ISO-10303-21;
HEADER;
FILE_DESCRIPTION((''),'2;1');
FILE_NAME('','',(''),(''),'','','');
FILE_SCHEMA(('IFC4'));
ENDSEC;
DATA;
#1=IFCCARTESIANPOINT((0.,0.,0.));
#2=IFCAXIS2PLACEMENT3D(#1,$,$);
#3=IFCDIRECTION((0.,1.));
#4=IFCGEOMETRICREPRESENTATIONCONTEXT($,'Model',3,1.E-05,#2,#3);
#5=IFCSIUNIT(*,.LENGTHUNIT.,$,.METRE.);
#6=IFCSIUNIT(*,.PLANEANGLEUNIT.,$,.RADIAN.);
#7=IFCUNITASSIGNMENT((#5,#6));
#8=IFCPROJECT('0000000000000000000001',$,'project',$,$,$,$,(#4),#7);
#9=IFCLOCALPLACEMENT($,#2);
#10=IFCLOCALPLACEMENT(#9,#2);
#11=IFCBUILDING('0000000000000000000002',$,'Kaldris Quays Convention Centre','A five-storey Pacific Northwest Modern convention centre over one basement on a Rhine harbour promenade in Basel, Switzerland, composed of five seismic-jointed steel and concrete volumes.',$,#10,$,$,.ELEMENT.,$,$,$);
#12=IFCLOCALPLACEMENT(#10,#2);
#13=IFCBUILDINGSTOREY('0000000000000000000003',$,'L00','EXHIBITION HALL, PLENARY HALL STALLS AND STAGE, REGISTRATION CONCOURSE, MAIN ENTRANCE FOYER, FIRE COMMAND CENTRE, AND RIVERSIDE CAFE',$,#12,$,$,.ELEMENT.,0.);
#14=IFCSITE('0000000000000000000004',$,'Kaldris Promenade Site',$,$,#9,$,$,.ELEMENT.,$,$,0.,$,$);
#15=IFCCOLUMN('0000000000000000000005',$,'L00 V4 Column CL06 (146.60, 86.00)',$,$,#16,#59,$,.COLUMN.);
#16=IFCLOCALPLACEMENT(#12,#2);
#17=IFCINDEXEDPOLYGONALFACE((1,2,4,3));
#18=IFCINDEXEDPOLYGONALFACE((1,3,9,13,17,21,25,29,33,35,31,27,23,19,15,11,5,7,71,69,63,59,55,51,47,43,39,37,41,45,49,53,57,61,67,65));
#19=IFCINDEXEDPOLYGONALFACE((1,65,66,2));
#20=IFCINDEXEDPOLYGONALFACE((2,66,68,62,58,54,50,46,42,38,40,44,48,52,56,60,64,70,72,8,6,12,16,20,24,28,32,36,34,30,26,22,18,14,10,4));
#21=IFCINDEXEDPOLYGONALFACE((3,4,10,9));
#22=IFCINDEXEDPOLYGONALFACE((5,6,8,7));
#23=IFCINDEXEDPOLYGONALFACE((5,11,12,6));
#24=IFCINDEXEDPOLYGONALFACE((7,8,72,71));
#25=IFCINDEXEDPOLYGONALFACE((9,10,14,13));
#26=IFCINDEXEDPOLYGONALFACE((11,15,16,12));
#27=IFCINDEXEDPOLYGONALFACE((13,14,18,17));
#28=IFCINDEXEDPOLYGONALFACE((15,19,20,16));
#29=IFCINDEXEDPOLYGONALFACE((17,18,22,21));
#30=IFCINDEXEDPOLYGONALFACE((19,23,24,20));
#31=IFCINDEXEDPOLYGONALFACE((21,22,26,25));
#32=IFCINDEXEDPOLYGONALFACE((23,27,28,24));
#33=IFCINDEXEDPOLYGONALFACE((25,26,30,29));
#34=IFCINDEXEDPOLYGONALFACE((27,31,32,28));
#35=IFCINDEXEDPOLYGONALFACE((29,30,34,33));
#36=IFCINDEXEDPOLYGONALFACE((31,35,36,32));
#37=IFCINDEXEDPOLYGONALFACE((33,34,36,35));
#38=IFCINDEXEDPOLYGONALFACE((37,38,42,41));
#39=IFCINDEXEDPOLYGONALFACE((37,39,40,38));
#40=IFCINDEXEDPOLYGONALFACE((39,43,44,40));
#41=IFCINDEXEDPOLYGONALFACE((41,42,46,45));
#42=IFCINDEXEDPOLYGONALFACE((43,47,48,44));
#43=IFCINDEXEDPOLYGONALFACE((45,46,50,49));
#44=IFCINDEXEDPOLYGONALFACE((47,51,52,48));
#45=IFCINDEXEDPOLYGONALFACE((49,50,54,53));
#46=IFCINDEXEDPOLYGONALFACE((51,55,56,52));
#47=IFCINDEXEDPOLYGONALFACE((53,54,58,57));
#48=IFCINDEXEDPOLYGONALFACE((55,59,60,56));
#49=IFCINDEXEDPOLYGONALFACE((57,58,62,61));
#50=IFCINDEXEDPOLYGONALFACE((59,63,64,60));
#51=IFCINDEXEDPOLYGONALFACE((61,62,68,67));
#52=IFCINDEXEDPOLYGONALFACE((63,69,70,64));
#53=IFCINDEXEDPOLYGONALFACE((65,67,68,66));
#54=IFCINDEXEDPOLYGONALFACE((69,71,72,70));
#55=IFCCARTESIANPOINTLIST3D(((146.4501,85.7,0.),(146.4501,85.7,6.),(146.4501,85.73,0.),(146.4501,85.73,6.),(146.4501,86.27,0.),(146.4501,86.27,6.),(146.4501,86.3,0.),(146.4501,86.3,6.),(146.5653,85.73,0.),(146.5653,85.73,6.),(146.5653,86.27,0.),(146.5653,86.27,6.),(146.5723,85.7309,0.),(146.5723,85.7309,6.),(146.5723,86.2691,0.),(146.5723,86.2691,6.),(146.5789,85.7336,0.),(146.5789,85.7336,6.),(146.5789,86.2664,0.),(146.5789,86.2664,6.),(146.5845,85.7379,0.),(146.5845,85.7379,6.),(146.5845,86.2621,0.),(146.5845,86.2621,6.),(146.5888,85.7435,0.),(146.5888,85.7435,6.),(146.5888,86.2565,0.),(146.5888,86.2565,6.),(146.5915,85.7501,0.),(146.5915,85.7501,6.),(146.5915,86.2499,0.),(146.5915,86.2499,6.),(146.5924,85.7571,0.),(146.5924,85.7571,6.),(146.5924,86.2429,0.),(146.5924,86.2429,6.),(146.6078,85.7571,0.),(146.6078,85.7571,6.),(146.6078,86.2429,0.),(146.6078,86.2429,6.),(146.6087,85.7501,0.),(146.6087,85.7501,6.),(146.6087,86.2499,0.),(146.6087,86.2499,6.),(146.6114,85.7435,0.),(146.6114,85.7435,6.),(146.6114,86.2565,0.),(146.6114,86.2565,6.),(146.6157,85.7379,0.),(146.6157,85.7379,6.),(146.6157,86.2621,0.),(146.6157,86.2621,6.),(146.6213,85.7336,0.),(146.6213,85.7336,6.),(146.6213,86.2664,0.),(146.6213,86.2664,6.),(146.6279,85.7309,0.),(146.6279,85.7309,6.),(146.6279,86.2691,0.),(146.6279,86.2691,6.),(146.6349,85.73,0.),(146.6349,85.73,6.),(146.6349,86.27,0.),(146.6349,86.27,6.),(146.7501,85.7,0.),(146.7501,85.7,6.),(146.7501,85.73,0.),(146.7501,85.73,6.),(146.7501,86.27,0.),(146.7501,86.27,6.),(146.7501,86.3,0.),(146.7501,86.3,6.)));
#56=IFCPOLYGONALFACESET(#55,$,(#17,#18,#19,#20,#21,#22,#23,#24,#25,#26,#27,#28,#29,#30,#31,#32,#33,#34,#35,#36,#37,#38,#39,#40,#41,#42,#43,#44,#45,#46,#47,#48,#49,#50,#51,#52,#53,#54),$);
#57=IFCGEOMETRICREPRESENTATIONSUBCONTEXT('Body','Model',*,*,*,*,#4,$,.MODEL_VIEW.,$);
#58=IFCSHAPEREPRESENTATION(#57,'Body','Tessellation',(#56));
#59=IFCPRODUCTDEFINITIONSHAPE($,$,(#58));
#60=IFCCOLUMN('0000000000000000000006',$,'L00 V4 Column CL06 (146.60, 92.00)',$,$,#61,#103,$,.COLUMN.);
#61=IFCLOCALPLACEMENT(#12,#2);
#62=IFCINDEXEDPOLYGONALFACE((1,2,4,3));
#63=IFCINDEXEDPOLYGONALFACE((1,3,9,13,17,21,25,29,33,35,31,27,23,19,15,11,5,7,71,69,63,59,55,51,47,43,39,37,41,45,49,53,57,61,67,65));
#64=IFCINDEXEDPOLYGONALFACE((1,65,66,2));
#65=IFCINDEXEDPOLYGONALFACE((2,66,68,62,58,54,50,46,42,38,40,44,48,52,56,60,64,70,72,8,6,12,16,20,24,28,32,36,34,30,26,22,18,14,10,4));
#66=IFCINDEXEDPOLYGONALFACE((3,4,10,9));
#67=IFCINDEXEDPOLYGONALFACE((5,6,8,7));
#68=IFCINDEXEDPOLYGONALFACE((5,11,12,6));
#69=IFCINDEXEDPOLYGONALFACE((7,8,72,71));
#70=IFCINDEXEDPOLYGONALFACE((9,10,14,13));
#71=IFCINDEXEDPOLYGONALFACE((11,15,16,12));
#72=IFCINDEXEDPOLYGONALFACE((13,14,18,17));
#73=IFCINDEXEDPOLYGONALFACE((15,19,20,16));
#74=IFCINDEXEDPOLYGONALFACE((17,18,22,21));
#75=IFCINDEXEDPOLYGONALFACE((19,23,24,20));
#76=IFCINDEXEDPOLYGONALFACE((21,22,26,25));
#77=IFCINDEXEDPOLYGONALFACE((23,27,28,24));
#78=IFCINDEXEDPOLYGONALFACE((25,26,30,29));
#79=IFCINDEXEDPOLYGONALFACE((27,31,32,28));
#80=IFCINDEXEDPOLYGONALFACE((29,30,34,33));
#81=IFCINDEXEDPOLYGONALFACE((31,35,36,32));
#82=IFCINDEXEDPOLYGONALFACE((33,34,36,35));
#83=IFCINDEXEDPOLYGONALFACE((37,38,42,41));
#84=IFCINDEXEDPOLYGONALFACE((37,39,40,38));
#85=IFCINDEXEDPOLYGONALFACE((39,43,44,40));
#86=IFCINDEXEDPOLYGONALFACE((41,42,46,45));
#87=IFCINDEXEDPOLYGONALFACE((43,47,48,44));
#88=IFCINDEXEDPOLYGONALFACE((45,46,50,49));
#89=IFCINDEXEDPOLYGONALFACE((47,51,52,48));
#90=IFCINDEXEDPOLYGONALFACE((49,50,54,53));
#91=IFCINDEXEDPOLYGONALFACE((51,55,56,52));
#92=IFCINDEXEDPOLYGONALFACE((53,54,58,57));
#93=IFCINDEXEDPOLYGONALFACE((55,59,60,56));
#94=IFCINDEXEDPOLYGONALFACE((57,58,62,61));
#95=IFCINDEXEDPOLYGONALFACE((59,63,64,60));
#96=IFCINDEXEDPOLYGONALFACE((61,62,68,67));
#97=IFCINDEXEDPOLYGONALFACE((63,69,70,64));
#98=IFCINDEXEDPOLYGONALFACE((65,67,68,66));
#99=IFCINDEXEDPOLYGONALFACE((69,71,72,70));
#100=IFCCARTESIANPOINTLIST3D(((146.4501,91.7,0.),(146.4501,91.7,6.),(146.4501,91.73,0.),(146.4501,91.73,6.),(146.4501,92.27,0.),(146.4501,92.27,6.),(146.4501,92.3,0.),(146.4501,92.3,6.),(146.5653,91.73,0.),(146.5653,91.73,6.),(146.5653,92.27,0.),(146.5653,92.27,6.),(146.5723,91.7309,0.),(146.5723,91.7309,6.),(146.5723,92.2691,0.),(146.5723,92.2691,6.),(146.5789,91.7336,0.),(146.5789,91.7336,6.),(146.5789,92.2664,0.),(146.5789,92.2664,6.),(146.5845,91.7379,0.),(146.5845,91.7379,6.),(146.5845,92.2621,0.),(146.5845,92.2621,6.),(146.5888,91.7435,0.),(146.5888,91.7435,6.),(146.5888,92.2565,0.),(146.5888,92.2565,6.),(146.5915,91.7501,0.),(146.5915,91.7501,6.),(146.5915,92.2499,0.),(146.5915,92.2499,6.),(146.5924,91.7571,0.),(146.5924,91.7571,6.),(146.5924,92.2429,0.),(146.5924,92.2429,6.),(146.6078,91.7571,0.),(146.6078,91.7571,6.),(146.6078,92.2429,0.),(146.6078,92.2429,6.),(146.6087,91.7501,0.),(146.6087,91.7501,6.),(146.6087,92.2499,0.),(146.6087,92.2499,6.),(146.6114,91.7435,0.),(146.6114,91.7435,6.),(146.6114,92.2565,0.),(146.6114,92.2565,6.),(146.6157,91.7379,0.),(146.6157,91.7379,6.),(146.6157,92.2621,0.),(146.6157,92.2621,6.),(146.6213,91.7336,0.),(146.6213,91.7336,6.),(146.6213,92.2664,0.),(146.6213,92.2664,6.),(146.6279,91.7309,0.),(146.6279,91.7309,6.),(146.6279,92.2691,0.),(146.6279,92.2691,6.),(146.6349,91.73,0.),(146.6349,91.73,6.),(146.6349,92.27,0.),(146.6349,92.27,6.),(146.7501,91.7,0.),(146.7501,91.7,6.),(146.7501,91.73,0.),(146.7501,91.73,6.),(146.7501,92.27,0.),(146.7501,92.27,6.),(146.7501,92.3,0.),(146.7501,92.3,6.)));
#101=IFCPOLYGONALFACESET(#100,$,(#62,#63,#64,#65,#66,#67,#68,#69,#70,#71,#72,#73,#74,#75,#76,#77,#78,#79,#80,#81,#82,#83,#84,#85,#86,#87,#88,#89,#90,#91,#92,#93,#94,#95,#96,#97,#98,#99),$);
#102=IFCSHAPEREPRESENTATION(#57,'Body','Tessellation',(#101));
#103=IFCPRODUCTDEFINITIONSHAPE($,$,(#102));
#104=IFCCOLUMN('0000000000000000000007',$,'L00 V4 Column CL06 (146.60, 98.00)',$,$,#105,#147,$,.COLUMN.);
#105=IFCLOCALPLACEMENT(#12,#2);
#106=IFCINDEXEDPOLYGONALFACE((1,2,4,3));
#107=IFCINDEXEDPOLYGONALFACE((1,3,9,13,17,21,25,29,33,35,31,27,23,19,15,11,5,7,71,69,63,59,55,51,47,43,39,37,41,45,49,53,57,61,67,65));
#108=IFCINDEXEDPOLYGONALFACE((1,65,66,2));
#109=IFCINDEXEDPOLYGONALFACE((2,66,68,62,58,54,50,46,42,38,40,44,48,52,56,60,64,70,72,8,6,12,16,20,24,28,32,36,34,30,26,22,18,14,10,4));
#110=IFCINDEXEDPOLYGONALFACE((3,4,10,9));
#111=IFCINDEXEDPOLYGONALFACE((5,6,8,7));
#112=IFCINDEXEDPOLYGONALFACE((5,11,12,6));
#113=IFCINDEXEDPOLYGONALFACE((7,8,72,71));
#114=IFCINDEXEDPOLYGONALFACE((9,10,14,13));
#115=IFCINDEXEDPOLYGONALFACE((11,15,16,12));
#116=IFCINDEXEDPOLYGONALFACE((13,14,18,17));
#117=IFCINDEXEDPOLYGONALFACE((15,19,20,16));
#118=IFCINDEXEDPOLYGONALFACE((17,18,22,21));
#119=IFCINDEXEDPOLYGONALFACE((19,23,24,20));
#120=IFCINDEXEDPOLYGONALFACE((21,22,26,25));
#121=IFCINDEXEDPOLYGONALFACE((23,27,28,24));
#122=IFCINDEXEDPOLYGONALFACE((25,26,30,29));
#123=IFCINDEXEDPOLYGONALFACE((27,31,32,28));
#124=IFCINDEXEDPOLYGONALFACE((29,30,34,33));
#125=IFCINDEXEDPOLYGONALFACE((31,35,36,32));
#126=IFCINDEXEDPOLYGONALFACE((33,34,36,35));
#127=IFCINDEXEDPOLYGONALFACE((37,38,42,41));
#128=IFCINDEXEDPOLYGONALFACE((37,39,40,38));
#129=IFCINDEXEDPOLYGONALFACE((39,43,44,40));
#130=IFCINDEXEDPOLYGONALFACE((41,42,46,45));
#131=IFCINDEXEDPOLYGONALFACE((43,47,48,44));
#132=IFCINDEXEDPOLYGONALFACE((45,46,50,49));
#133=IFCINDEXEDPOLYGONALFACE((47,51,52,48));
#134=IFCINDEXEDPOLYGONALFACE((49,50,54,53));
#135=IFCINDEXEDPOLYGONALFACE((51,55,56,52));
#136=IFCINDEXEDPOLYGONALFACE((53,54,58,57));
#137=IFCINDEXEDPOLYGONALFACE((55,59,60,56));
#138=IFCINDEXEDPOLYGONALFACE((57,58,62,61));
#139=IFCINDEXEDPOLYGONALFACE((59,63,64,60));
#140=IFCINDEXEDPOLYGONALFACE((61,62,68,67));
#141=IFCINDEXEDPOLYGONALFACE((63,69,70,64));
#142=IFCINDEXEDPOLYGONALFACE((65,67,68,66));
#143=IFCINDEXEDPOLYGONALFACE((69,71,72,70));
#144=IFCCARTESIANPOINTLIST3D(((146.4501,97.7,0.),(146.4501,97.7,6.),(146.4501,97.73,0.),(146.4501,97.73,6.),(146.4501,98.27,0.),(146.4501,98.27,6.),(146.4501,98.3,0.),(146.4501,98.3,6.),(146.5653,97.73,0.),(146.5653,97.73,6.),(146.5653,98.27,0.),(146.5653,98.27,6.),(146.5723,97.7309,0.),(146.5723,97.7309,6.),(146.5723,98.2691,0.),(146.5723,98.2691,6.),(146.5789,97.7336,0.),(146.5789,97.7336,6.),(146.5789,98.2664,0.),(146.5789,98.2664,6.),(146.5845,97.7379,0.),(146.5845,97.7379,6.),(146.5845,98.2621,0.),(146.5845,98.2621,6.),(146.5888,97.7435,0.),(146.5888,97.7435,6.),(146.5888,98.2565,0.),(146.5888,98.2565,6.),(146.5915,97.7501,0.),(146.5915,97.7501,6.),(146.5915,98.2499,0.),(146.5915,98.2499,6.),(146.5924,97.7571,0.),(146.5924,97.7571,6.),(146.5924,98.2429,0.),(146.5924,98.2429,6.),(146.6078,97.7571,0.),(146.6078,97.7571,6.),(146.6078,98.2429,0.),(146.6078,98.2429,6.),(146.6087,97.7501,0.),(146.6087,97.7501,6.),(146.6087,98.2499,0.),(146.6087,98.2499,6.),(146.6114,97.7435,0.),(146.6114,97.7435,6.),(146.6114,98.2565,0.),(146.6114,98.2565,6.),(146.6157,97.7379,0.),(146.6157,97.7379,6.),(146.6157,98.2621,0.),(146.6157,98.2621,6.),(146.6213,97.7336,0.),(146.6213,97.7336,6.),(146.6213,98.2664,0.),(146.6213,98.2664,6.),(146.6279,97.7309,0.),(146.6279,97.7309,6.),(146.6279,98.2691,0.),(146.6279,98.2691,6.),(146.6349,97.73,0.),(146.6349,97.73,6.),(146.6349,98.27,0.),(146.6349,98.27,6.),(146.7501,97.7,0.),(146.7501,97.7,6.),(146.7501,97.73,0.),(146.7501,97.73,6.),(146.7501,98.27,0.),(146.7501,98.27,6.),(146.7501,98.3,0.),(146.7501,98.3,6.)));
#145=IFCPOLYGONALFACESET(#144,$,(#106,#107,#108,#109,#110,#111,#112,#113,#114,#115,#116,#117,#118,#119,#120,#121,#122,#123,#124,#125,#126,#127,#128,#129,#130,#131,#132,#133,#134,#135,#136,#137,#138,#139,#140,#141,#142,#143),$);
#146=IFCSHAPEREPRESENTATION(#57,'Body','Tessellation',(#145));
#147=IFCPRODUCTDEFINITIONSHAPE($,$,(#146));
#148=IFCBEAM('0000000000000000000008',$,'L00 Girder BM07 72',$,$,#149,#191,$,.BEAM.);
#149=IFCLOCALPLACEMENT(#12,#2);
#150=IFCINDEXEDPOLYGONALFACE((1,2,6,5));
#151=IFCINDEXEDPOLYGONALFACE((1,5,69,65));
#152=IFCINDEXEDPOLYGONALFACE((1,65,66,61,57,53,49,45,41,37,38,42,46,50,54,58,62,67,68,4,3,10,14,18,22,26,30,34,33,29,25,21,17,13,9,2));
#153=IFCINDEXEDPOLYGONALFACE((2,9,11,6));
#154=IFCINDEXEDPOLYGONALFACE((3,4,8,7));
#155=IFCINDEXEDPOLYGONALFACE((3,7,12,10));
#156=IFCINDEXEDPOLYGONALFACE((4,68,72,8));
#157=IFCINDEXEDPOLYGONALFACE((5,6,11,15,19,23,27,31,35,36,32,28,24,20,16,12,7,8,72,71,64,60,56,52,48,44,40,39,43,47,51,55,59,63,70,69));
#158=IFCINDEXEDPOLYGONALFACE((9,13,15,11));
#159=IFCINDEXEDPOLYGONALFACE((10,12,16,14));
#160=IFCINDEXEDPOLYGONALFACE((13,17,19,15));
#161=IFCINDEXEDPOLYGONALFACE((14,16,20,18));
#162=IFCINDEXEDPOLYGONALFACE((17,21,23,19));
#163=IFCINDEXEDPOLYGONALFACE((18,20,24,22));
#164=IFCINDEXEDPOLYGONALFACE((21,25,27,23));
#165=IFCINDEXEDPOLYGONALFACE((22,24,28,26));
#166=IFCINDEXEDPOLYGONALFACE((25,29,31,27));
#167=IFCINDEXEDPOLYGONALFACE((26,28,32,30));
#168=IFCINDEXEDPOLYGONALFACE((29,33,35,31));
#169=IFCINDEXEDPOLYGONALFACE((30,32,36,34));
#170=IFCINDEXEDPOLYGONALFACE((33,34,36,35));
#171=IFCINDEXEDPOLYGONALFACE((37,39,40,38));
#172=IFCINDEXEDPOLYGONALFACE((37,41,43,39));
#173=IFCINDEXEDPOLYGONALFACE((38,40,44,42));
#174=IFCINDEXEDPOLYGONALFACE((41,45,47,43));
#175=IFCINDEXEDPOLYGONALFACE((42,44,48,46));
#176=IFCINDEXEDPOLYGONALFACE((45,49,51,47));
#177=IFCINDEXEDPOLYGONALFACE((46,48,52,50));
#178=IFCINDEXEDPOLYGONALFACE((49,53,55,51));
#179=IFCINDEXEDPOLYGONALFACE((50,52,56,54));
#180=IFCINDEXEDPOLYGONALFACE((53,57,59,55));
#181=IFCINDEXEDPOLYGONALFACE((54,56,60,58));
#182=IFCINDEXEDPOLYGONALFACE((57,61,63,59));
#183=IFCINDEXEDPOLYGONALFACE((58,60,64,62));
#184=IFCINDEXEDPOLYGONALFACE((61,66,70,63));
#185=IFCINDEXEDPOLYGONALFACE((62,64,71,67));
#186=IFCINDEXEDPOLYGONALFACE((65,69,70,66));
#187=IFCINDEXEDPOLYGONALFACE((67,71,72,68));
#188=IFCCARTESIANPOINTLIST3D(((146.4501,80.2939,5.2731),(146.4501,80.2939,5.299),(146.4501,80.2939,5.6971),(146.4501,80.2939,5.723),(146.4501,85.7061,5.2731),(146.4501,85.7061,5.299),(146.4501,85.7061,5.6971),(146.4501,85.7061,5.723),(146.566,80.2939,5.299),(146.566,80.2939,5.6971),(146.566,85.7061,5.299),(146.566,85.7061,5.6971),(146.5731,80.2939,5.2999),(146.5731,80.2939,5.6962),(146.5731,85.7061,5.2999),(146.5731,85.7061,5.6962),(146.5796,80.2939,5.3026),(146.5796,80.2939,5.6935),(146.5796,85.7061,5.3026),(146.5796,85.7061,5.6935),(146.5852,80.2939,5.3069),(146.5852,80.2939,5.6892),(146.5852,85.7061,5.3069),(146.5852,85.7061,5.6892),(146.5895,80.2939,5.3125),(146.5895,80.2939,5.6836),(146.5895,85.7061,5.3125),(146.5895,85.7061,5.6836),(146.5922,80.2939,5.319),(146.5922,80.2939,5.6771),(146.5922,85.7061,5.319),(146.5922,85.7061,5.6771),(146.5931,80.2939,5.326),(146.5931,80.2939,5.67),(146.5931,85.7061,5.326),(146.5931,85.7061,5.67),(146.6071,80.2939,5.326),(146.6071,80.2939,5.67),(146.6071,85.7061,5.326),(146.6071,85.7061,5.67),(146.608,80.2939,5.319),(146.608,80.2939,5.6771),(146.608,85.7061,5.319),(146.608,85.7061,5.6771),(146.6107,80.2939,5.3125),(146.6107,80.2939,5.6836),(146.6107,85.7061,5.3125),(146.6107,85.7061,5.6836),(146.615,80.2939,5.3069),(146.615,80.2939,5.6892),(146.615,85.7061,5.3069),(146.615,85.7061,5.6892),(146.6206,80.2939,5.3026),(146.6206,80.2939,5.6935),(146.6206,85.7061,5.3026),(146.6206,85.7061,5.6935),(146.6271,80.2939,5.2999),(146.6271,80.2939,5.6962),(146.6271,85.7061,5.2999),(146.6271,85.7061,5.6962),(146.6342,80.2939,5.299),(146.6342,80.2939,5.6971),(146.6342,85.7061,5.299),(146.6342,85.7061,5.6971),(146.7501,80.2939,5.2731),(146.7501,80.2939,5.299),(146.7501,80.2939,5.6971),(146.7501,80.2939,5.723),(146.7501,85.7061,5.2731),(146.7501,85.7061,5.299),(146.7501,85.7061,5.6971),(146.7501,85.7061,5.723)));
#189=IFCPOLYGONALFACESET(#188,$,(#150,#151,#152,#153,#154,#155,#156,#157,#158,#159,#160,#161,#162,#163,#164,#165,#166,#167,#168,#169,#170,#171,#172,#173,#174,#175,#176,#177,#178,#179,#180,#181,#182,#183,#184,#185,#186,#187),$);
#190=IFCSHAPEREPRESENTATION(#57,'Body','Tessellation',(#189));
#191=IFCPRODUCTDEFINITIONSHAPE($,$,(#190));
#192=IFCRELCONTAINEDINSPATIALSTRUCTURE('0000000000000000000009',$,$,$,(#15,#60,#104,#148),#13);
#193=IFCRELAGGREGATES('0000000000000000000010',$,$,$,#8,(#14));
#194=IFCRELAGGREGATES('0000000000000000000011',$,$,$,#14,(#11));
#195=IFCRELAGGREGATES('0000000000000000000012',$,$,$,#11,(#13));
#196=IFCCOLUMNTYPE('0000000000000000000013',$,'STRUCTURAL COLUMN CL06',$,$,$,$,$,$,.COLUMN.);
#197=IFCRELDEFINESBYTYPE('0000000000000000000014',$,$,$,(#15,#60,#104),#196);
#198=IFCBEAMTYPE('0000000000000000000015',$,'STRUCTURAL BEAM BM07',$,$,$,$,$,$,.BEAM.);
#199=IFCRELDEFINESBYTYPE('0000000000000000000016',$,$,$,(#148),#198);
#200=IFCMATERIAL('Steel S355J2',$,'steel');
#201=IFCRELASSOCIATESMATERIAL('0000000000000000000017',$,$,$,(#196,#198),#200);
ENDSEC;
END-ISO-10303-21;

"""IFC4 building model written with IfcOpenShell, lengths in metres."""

from ifc_helpers import new_model, si_unit, direction, frame, origin, origin_2d, place, context, subcontext, project, spatial, i_section, extrude, material, material_profile, profile_set, type_object, element, save


model = new_model("IFC4")

# Units and contexts
model_context = context("Model", 3, precision=1e-05, world=origin(), true_north=direction((0.0, 1.0)))
body_context = subcontext(model_context, "Body", "Model", "MODEL_VIEW")
ifc_project = project(units=[si_unit("LENGTHUNIT", "METRE"), si_unit("PLANEANGLEUNIT", "RADIAN")], contexts=[model_context])

# Site, building, storey
site_placement = place(None, origin())
site = spatial("IfcSite", under=ifc_project, at=site_placement, Name="Kaldris Promenade Site", CompositionType="ELEMENT", RefElevation=0.0)
building_placement = place(site_placement, origin())
building = spatial("IfcBuilding", under=site, at=building_placement, Name="Kaldris Quays Convention Centre", Description="A five-storey Pacific Northwest Modern convention centre over one basement on a Rhine harbour promenade in Basel, Switzerland, composed of five seismic-jointed steel and concrete volumes.", CompositionType="ELEMENT")
storey_placement = place(building_placement, origin())
storey = spatial("IfcBuildingStorey", under=building, at=storey_placement, Name="L00", Description="EXHIBITION HALL, PLENARY HALL STALLS AND STAGE, REGISTRATION CONCOURSE, MAIN ENTRANCE FOYER, FIRE COMMAND CENTRE, AND RIVERSIDE CAFE", CompositionType="ELEMENT", Elevation=0.0)

# Columns
ifc_material_1 = material(Name="Steel S355J2", Category="steel")
ifc_material_profile_1 = material_profile(ifc_material_1, i_section(OverallWidth=0.3, OverallDepth=0.6001, WebThickness=0.0154, FlangeThickness=0.03, FilletRadius=0.0271, at=origin_2d()), Name="HEB 600")
ifc_profile_set_1 = profile_set([ifc_material_profile_1], Name="Steel S355J2")
column_type_1 = type_object("IfcColumnType", Name="STRUCTURAL COLUMN CL06", PredefinedType="COLUMN", material=ifc_profile_set_1)
for number, where, z_axis, x_axis, name in (
    (1, (146.6001, 86.0, 0.0), (0.0, 0.0, 1.0), (1.0, 0.0, 0.0), "L00 V4 Column CL06 (146.60, 86.00)"),
    (2, (146.6001, 92.0, 0.0), (0.0, 0.0, 1.0), (1.0, 0.0, 0.0), "L00 V4 Column CL06 (146.60, 92.00)"),
    (3, (146.6001, 98.0, 0.0), (0.0, 0.0, 1.0), (1.0, 0.0, 0.0), "L00 V4 Column CL06 (146.60, 98.00)"),
):
    element("IfcColumn", number, at=place(storey_placement, frame(where, z_axis=z_axis, x_axis=x_axis)), inside=storey, type_object=column_type_1, Name=name, PredefinedType="COLUMN", context=body_context, shape_type="SweptSolid", body=[
        extrude(i_section(OverallWidth=0.3, OverallDepth=0.6001, WebThickness=0.0154, FlangeThickness=0.03, FilletRadius=0.0271, at=origin_2d()), origin(), (0.0, 0.0, 1.0), 6.0),
    ])

# Beam
ifc_material_profile_2 = material_profile(ifc_material_1, i_section(OverallWidth=0.3, OverallDepth=0.45, WebThickness=0.0139, FlangeThickness=0.0259, FilletRadius=0.0271, at=origin_2d()), Name="HEB 450")
ifc_profile_set_2 = profile_set([ifc_material_profile_2], Name="Steel S355J2")
beam_type_1 = type_object("IfcBeamType", Name="STRUCTURAL BEAM BM07", PredefinedType="BEAM", material=ifc_profile_set_2)
for number, where, z_axis, x_axis, name in (
    (4, (146.6001, 80.2939, 5.498), (0.0, 1.0, 0.0), (-1.0, 0.0, 0.0), "L00 Girder BM07 72"),
):
    element("IfcBeam", number, at=place(storey_placement, frame(where, z_axis=z_axis, x_axis=x_axis)), inside=storey, type_object=beam_type_1, Name=name, PredefinedType="BEAM", context=body_context, shape_type="SweptSolid", body=[
        extrude(i_section(OverallWidth=0.3, OverallDepth=0.45, WebThickness=0.0139, FlangeThickness=0.0259, FilletRadius=0.0271, at=origin_2d()), origin(), (0.0, 0.0, 1.0), 5.4121),
    ])

save(model, "model.ifc")
